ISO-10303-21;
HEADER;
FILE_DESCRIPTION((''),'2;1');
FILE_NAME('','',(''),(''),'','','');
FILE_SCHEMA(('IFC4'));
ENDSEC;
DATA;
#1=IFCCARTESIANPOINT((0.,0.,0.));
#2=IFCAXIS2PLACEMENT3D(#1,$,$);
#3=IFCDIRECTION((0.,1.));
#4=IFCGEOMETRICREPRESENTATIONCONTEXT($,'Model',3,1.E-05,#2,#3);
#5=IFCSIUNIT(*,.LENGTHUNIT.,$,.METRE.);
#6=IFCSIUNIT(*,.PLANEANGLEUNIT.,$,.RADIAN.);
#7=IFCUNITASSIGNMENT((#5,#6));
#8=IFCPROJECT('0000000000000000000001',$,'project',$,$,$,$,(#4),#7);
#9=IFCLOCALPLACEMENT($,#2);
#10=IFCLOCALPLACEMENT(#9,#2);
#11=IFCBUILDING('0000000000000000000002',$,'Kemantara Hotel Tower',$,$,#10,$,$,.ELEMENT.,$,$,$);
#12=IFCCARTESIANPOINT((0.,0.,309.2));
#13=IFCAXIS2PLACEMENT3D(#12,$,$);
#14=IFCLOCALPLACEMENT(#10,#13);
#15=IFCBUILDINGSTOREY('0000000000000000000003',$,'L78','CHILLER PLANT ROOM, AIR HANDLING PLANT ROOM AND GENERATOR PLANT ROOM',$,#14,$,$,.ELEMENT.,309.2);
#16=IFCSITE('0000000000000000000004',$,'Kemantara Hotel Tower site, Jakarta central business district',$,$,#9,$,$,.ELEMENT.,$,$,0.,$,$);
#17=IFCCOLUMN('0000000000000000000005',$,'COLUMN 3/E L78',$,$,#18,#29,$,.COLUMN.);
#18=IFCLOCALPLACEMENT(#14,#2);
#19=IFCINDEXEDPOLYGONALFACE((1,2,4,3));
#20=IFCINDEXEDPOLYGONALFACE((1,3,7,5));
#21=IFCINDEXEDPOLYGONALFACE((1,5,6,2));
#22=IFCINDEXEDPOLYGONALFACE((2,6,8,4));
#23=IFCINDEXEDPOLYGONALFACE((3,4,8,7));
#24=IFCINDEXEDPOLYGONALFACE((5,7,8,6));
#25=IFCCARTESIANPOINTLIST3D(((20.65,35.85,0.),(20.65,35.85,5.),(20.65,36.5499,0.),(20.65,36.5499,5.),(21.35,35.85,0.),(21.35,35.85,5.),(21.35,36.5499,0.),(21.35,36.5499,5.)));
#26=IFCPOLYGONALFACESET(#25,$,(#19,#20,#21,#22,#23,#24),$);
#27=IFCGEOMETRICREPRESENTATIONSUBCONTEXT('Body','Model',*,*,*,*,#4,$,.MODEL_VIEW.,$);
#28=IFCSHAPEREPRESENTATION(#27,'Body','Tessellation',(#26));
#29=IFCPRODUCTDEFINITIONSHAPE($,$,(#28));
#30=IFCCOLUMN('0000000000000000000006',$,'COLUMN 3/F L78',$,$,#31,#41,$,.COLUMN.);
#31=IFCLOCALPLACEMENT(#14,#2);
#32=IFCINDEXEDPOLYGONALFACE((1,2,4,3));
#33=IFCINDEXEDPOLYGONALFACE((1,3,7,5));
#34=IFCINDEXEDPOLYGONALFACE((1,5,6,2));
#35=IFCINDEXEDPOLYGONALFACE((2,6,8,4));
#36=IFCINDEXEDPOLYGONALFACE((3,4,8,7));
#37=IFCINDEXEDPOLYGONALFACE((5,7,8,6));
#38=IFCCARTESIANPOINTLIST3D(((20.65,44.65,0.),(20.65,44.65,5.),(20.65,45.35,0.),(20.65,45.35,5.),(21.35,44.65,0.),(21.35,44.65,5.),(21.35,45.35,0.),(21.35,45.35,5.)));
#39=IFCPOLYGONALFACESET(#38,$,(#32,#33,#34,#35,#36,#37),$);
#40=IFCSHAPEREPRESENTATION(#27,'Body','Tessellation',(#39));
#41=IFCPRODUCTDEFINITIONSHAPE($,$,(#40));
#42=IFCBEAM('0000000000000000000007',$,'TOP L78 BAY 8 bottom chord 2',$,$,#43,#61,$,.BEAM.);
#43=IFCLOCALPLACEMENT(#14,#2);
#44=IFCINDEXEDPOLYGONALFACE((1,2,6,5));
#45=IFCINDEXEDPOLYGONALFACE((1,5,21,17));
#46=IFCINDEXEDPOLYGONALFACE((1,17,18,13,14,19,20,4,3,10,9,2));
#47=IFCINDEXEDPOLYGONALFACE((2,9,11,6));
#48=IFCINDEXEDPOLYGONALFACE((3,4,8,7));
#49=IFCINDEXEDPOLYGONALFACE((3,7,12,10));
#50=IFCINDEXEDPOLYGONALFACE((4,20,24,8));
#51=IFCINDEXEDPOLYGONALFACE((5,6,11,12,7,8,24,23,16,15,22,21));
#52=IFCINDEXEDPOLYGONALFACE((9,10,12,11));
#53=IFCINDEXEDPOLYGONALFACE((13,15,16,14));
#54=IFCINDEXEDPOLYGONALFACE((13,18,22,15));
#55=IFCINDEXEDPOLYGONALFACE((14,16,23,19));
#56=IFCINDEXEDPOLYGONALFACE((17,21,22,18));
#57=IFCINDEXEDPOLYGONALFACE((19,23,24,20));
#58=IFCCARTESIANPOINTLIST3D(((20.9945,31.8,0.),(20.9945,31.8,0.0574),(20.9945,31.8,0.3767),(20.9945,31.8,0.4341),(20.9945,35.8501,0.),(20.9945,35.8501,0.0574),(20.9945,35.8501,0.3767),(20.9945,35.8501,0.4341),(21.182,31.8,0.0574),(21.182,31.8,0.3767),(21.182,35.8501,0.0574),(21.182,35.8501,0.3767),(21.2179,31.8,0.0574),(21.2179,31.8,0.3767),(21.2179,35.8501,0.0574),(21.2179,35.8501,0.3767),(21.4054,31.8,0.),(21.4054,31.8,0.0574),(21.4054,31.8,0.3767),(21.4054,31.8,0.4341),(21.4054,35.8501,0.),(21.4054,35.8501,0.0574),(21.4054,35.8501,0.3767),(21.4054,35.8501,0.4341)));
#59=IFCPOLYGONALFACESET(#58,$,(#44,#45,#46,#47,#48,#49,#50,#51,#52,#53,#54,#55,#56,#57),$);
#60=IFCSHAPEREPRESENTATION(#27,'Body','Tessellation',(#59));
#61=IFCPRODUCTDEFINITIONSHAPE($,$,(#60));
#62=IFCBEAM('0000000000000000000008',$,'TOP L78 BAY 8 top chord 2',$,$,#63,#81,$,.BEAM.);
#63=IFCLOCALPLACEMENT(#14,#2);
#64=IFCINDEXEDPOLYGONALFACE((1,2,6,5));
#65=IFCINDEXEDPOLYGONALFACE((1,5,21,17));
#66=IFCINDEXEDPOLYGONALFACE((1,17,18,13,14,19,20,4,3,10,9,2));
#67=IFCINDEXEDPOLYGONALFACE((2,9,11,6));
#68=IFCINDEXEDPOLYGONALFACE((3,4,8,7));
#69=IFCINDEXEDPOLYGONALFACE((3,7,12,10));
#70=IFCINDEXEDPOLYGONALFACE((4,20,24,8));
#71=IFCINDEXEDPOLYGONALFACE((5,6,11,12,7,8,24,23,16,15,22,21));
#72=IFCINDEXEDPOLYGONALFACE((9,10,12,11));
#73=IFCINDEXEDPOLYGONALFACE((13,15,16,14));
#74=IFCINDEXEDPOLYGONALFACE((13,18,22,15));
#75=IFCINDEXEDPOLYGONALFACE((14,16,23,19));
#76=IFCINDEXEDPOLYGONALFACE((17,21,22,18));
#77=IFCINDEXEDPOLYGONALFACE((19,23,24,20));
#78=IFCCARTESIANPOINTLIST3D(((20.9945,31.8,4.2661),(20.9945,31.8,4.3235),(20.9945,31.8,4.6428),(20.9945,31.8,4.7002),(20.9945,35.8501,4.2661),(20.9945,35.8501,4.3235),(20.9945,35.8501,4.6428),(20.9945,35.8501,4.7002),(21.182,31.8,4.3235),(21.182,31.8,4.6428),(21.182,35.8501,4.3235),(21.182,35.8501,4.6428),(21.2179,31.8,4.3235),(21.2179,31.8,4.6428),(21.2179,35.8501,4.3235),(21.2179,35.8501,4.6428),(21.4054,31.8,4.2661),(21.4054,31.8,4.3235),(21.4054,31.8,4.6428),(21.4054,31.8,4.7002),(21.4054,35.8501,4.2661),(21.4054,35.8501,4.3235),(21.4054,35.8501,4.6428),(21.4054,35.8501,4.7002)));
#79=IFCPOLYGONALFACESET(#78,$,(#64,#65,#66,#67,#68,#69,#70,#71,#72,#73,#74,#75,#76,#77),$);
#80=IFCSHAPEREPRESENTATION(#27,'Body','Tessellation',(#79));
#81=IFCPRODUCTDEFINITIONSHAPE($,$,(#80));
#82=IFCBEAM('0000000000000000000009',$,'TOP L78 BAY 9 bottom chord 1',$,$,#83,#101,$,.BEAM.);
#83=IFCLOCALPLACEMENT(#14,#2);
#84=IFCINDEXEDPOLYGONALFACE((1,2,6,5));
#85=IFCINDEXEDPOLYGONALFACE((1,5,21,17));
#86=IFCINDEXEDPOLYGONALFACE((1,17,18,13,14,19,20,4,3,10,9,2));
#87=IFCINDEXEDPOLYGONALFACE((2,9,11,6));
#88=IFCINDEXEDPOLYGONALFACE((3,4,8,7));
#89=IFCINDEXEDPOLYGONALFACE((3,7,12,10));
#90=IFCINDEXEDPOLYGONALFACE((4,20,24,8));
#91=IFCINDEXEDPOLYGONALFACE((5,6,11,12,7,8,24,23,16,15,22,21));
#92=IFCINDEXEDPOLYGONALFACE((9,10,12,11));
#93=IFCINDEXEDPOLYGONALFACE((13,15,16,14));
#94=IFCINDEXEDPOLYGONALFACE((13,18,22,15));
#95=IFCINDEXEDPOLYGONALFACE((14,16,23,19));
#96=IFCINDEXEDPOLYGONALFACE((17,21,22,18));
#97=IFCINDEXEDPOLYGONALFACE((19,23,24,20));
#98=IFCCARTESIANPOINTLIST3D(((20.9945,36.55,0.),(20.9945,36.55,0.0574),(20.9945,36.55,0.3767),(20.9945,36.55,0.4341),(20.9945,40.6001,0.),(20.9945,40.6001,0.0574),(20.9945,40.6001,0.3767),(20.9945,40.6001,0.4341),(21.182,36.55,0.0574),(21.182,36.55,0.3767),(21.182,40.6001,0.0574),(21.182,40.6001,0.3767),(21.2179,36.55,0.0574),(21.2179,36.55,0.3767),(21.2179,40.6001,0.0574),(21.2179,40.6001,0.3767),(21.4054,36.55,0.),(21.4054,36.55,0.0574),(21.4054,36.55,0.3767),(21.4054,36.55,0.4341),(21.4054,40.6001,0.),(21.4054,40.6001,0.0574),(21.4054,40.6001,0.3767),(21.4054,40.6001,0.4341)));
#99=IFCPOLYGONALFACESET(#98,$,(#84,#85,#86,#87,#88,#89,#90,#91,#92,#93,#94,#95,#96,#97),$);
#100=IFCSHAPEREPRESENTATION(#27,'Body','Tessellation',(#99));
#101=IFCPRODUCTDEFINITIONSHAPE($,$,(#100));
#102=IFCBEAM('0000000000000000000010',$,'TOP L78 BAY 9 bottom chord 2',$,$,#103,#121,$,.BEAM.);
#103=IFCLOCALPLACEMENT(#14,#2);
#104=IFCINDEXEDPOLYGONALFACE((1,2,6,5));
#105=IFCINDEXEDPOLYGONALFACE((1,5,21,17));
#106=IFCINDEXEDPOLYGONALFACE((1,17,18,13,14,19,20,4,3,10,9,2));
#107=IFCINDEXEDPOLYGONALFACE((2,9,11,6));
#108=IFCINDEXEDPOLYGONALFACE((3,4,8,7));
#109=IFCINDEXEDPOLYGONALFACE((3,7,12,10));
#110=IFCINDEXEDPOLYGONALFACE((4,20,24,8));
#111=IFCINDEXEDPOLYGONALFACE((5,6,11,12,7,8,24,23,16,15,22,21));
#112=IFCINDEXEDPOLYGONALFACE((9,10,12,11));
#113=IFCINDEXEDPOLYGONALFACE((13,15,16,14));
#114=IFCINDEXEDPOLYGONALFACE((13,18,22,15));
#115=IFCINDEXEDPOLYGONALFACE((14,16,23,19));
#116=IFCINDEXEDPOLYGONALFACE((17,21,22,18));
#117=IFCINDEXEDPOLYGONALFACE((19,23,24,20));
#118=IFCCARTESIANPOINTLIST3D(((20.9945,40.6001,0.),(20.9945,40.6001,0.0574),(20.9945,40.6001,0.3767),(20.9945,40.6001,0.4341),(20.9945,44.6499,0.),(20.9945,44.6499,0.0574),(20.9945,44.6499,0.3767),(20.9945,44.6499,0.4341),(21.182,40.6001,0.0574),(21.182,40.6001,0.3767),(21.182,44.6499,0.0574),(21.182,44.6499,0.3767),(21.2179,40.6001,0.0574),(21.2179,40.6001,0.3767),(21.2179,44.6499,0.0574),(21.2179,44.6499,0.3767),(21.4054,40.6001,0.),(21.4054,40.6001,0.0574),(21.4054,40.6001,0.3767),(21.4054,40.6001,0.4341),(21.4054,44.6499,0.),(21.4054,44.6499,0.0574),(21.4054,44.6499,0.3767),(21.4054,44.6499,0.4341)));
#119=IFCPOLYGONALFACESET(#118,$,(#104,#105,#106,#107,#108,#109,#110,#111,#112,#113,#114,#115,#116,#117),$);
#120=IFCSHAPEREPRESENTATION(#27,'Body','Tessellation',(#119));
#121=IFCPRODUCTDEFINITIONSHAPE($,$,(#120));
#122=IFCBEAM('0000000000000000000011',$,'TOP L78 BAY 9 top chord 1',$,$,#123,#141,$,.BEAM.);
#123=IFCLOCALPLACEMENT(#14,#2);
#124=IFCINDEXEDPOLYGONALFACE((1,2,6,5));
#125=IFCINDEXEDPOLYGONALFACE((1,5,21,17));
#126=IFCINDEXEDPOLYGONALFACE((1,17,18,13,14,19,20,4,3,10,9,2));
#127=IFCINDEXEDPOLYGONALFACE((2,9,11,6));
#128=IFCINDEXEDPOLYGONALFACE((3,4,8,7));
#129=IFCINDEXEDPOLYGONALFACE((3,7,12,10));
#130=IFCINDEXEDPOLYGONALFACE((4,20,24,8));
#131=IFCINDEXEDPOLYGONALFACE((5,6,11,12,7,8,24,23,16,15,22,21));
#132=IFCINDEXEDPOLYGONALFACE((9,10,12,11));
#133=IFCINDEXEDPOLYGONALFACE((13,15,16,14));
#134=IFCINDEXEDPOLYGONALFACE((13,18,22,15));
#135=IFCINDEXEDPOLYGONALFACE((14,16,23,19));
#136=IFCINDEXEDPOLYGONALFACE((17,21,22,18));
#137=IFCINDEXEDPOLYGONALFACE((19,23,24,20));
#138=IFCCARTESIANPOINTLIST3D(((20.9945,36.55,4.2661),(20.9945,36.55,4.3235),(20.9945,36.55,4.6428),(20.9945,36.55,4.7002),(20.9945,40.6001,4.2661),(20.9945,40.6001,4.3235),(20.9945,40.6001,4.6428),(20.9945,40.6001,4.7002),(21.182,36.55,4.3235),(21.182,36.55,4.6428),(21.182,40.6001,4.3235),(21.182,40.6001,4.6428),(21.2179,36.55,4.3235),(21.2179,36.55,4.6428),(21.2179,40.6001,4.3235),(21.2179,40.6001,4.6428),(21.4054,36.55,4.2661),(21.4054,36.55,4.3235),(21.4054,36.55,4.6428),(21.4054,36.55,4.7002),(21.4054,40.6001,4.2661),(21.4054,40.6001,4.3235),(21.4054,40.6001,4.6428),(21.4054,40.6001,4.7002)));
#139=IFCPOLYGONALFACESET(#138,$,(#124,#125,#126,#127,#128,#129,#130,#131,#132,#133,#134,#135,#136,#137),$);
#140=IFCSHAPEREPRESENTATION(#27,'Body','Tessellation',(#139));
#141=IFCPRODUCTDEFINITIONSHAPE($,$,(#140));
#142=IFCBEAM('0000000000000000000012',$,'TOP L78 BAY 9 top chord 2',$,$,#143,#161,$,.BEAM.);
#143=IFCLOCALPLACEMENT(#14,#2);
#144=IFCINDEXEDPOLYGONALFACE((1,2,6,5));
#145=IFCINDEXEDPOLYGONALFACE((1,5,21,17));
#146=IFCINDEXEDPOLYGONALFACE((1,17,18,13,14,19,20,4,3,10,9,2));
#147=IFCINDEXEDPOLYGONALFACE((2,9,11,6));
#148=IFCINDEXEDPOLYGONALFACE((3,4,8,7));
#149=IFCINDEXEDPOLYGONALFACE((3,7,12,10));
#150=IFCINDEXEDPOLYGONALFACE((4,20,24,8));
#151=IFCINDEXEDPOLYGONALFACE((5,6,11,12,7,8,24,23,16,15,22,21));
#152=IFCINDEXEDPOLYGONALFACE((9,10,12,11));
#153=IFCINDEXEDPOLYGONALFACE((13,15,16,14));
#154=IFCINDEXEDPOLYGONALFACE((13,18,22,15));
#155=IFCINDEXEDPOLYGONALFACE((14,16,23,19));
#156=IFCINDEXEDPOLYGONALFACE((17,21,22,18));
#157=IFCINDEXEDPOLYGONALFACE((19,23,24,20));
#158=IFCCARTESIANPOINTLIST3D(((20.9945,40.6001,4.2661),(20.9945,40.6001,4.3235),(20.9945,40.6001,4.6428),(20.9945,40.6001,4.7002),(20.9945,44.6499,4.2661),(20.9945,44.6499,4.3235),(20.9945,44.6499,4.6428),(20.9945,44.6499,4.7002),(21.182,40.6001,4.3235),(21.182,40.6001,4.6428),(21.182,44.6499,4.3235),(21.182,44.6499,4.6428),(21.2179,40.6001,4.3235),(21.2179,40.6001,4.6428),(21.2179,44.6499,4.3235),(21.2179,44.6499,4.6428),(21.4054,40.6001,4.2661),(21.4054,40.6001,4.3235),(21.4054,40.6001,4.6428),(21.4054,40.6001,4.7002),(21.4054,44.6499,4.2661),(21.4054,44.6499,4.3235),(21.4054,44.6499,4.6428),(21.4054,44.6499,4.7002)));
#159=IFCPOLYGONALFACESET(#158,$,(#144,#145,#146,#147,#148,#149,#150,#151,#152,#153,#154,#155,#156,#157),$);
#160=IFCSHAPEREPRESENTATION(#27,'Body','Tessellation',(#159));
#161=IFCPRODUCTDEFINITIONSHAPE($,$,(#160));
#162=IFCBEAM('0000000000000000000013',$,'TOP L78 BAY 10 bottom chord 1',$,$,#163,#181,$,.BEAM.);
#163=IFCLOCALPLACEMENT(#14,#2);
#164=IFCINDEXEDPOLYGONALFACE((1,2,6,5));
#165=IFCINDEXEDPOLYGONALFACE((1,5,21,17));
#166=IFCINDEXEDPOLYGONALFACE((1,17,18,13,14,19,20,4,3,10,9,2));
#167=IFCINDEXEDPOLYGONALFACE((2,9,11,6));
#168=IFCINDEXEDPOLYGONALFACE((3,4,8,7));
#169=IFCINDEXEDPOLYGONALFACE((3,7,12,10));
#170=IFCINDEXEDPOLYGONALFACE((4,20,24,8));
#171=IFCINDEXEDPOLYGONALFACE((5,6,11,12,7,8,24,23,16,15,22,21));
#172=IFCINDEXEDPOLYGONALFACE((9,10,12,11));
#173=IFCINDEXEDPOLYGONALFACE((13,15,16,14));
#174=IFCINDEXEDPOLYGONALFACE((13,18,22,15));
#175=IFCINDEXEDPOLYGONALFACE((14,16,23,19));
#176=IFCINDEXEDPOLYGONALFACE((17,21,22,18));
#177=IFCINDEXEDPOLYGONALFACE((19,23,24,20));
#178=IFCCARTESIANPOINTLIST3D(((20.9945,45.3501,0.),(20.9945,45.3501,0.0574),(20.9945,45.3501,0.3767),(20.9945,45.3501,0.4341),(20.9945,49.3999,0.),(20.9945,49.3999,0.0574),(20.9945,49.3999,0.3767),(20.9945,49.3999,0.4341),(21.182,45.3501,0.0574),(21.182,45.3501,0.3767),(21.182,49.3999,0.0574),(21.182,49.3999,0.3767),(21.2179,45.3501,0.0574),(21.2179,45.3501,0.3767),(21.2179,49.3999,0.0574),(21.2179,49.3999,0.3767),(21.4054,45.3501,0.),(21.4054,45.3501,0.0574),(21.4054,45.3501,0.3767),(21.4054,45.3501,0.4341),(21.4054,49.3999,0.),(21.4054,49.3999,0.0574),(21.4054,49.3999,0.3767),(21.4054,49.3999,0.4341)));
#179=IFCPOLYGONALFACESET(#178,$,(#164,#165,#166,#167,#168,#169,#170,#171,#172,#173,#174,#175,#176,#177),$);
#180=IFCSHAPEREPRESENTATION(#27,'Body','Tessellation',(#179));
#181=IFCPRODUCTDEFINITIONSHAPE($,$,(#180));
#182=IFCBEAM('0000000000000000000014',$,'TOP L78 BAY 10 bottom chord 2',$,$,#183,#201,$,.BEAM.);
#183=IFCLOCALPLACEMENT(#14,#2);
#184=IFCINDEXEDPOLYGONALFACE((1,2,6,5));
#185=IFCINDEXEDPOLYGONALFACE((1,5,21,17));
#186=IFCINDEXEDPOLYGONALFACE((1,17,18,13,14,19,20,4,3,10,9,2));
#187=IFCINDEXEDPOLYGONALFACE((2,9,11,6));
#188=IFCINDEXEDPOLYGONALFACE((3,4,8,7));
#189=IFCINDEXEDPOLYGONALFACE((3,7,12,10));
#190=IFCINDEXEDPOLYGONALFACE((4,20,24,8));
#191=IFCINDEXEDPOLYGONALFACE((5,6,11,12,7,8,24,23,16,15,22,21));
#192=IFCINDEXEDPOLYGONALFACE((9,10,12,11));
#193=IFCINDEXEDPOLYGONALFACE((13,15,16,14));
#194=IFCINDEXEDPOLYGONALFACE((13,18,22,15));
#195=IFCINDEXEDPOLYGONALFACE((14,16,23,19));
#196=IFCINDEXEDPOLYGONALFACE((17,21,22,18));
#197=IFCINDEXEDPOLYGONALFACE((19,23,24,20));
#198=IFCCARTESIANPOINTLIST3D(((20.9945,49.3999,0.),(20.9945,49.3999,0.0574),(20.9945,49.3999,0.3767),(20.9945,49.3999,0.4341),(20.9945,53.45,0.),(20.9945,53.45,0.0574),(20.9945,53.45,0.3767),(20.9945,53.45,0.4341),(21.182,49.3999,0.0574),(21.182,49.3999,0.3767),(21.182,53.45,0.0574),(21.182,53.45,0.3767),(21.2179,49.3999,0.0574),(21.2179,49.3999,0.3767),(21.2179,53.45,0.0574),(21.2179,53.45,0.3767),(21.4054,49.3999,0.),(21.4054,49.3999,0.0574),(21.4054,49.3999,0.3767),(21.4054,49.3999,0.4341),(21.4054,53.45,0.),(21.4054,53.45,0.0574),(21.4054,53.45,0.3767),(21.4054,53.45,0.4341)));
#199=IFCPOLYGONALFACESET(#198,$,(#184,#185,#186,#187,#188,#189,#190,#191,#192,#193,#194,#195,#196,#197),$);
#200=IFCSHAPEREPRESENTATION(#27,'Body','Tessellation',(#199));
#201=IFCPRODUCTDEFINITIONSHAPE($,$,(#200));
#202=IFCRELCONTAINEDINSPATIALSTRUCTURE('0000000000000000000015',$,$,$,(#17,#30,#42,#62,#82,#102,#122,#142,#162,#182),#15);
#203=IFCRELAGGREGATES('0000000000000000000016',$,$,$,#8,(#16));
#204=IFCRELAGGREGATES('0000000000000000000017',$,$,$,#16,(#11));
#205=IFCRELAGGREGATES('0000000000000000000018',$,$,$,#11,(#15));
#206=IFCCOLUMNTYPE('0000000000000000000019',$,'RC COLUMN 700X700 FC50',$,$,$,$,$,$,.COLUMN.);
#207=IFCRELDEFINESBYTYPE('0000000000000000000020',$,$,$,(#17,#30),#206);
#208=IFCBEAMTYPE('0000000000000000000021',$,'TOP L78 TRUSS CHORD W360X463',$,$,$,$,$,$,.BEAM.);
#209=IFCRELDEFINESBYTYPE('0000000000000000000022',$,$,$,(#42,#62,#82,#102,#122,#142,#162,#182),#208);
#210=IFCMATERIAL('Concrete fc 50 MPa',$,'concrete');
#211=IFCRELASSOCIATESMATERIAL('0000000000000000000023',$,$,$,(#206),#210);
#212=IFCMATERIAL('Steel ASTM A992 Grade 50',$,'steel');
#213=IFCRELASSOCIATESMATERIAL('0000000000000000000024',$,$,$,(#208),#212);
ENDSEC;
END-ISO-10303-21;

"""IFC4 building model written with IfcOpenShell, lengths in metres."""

from ifc_helpers import new_model, si_unit, direction, frame, origin, origin_2d, place, context, subcontext, project, spatial, rectangle, i_section, extrude, material, material_profile, profile_set, type_object, element, save


model = new_model("IFC4")

# Units and contexts
model_context = context("Model", 3, precision=1e-05, world=origin(), true_north=direction((0.0, 1.0)))
body_context = subcontext(model_context, "Body", "Model", "MODEL_VIEW")
ifc_project = project(units=[si_unit("LENGTHUNIT", "METRE"), si_unit("PLANEANGLEUNIT", "RADIAN")], contexts=[model_context])

# Site, building, storey
site_placement = place(None, origin())
site = spatial("IfcSite", under=ifc_project, at=site_placement, Name="Kemantara Hotel Tower site, Jakarta central business district", CompositionType="ELEMENT", RefElevation=0.0)
building_placement = place(site_placement, origin())
building = spatial("IfcBuilding", under=site, at=building_placement, Name="Kemantara Hotel Tower", CompositionType="ELEMENT")
storey_placement = place(building_placement, frame((0.0, 0.0, 309.2)))
storey = spatial("IfcBuildingStorey", under=building, at=storey_placement, Name="L78", Description="CHILLER PLANT ROOM, AIR HANDLING PLANT ROOM AND GENERATOR PLANT ROOM", CompositionType="ELEMENT", Elevation=309.2)

# Columns
ifc_material_1 = material(Name="Concrete fc 50 MPa", Category="concrete")
ifc_material_profile_1 = material_profile(ifc_material_1, rectangle(XDim=0.7, YDim=0.7, at=origin_2d()), Name="RC 700X700")
ifc_profile_set_1 = profile_set([ifc_material_profile_1], Name="Concrete fc 50 MPa")
column_type = type_object("IfcColumnType", Name="RC COLUMN 700X700 FC50", PredefinedType="COLUMN", material=ifc_profile_set_1)
for number, where, z_axis, x_axis, name in (
    (1, (21.0, 36.2, 0.0), (0.0, 0.0, 1.0), (1.0, 0.0, 0.0), "COLUMN 3/E L78"),
    (2, (21.0, 45.0, 0.0), (0.0, 0.0, 1.0), (1.0, 0.0, 0.0), "COLUMN 3/F L78"),
):
    element("IfcColumn", number, at=place(storey_placement, frame(where, z_axis=z_axis, x_axis=x_axis)), inside=storey, type_object=column_type, Name=name, PredefinedType="COLUMN", context=body_context, shape_type="SweptSolid", body=[
        extrude(rectangle(XDim=0.7, YDim=0.7, at=origin_2d()), origin(), (0.0, 0.0, 1.0), 5.0),
    ])

# Beams
ifc_material_2 = material(Name="Steel ASTM A992 Grade 50", Category="steel")
ifc_material_profile_2 = material_profile(ifc_material_2, i_section(OverallWidth=0.4109, OverallDepth=0.4341, WebThickness=0.0359, FlangeThickness=0.0574, at=origin_2d()), Name="W360X463")
ifc_profile_set_2 = profile_set([ifc_material_profile_2], Name="Steel ASTM A992 Grade 50")
beam_type = type_object("IfcBeamType", Name="TOP L78 TRUSS CHORD W360X463", PredefinedType="BEAM", material=ifc_profile_set_2)
for number, where, z_axis, x_axis, name in (
    (3, (21.2, 31.8, 0.217), (0.0, 1.0, 0.0), (-1.0, 0.0, 0.0), "TOP L78 BAY 8 bottom chord 2"),
    (4, (21.2, 31.8, 4.4832), (0.0, 1.0, 0.0), (-1.0, 0.0, 0.0), "TOP L78 BAY 8 top chord 2"),
    (5, (21.2, 36.55, 0.217), (0.0, 1.0, 0.0), (-1.0, 0.0, 0.0), "TOP L78 BAY 9 bottom chord 1"),
):
    element("IfcBeam", number, at=place(storey_placement, frame(where, z_axis=z_axis, x_axis=x_axis)), inside=storey, type_object=beam_type, Name=name, PredefinedType="BEAM", context=body_context, shape_type="SweptSolid", body=[
        extrude(i_section(OverallWidth=0.4109, OverallDepth=0.4341, WebThickness=0.0359, FlangeThickness=0.0574, at=origin_2d()), origin(), (0.0, 0.0, 1.0), 4.05),
    ])
beam_1_placement = place(storey_placement, frame((21.2, 40.6001, 0.217), z_axis=(0.0, 1.0, 0.0), x_axis=(-1.0, 0.0, 0.0)))
element("IfcBeam", 6, at=beam_1_placement, inside=storey, type_object=beam_type, Name="TOP L78 BAY 9 bottom chord 2", PredefinedType="BEAM", context=body_context, shape_type="SweptSolid", body=[
    extrude(i_section(OverallWidth=0.4109, OverallDepth=0.4341, WebThickness=0.0359, FlangeThickness=0.0574, at=origin_2d()), origin(), (0.0, 0.0, 1.0), 4.0498),
])
beam_2_placement = place(storey_placement, frame((21.2, 36.55, 4.4832), z_axis=(0.0, 1.0, 0.0), x_axis=(-1.0, 0.0, 0.0)))
element("IfcBeam", 7, at=beam_2_placement, inside=storey, type_object=beam_type, Name="TOP L78 BAY 9 top chord 1", PredefinedType="BEAM", context=body_context, shape_type="SweptSolid", body=[
    extrude(i_section(OverallWidth=0.4109, OverallDepth=0.4341, WebThickness=0.0359, FlangeThickness=0.0574, at=origin_2d()), origin(), (0.0, 0.0, 1.0), 4.05),
])
for number, where, z_axis, x_axis, name in (
    (8, (21.2, 40.6001, 4.4832), (0.0, 1.0, 0.0), (-1.0, 0.0, 0.0), "TOP L78 BAY 9 top chord 2"),
    (9, (21.2, 45.3501, 0.217), (0.0, 1.0, 0.0), (-1.0, 0.0, 0.0), "TOP L78 BAY 10 bottom chord 1"),
):
    element("IfcBeam", number, at=place(storey_placement, frame(where, z_axis=z_axis, x_axis=x_axis)), inside=storey, type_object=beam_type, Name=name, PredefinedType="BEAM", context=body_context, shape_type="SweptSolid", body=[
        extrude(i_section(OverallWidth=0.4109, OverallDepth=0.4341, WebThickness=0.0359, FlangeThickness=0.0574, at=origin_2d()), origin(), (0.0, 0.0, 1.0), 4.0498),
    ])
beam_3_placement = place(storey_placement, frame((21.2, 49.3999, 0.217), z_axis=(0.0, 1.0, 0.0), x_axis=(-1.0, 0.0, 0.0)))
element("IfcBeam", 10, at=beam_3_placement, inside=storey, type_object=beam_type, Name="TOP L78 BAY 10 bottom chord 2", PredefinedType="BEAM", context=body_context, shape_type="SweptSolid", body=[
    extrude(i_section(OverallWidth=0.4109, OverallDepth=0.4341, WebThickness=0.0359, FlangeThickness=0.0574, at=origin_2d()), origin(), (0.0, 0.0, 1.0), 4.05),
])

save(model, "model.ifc")
